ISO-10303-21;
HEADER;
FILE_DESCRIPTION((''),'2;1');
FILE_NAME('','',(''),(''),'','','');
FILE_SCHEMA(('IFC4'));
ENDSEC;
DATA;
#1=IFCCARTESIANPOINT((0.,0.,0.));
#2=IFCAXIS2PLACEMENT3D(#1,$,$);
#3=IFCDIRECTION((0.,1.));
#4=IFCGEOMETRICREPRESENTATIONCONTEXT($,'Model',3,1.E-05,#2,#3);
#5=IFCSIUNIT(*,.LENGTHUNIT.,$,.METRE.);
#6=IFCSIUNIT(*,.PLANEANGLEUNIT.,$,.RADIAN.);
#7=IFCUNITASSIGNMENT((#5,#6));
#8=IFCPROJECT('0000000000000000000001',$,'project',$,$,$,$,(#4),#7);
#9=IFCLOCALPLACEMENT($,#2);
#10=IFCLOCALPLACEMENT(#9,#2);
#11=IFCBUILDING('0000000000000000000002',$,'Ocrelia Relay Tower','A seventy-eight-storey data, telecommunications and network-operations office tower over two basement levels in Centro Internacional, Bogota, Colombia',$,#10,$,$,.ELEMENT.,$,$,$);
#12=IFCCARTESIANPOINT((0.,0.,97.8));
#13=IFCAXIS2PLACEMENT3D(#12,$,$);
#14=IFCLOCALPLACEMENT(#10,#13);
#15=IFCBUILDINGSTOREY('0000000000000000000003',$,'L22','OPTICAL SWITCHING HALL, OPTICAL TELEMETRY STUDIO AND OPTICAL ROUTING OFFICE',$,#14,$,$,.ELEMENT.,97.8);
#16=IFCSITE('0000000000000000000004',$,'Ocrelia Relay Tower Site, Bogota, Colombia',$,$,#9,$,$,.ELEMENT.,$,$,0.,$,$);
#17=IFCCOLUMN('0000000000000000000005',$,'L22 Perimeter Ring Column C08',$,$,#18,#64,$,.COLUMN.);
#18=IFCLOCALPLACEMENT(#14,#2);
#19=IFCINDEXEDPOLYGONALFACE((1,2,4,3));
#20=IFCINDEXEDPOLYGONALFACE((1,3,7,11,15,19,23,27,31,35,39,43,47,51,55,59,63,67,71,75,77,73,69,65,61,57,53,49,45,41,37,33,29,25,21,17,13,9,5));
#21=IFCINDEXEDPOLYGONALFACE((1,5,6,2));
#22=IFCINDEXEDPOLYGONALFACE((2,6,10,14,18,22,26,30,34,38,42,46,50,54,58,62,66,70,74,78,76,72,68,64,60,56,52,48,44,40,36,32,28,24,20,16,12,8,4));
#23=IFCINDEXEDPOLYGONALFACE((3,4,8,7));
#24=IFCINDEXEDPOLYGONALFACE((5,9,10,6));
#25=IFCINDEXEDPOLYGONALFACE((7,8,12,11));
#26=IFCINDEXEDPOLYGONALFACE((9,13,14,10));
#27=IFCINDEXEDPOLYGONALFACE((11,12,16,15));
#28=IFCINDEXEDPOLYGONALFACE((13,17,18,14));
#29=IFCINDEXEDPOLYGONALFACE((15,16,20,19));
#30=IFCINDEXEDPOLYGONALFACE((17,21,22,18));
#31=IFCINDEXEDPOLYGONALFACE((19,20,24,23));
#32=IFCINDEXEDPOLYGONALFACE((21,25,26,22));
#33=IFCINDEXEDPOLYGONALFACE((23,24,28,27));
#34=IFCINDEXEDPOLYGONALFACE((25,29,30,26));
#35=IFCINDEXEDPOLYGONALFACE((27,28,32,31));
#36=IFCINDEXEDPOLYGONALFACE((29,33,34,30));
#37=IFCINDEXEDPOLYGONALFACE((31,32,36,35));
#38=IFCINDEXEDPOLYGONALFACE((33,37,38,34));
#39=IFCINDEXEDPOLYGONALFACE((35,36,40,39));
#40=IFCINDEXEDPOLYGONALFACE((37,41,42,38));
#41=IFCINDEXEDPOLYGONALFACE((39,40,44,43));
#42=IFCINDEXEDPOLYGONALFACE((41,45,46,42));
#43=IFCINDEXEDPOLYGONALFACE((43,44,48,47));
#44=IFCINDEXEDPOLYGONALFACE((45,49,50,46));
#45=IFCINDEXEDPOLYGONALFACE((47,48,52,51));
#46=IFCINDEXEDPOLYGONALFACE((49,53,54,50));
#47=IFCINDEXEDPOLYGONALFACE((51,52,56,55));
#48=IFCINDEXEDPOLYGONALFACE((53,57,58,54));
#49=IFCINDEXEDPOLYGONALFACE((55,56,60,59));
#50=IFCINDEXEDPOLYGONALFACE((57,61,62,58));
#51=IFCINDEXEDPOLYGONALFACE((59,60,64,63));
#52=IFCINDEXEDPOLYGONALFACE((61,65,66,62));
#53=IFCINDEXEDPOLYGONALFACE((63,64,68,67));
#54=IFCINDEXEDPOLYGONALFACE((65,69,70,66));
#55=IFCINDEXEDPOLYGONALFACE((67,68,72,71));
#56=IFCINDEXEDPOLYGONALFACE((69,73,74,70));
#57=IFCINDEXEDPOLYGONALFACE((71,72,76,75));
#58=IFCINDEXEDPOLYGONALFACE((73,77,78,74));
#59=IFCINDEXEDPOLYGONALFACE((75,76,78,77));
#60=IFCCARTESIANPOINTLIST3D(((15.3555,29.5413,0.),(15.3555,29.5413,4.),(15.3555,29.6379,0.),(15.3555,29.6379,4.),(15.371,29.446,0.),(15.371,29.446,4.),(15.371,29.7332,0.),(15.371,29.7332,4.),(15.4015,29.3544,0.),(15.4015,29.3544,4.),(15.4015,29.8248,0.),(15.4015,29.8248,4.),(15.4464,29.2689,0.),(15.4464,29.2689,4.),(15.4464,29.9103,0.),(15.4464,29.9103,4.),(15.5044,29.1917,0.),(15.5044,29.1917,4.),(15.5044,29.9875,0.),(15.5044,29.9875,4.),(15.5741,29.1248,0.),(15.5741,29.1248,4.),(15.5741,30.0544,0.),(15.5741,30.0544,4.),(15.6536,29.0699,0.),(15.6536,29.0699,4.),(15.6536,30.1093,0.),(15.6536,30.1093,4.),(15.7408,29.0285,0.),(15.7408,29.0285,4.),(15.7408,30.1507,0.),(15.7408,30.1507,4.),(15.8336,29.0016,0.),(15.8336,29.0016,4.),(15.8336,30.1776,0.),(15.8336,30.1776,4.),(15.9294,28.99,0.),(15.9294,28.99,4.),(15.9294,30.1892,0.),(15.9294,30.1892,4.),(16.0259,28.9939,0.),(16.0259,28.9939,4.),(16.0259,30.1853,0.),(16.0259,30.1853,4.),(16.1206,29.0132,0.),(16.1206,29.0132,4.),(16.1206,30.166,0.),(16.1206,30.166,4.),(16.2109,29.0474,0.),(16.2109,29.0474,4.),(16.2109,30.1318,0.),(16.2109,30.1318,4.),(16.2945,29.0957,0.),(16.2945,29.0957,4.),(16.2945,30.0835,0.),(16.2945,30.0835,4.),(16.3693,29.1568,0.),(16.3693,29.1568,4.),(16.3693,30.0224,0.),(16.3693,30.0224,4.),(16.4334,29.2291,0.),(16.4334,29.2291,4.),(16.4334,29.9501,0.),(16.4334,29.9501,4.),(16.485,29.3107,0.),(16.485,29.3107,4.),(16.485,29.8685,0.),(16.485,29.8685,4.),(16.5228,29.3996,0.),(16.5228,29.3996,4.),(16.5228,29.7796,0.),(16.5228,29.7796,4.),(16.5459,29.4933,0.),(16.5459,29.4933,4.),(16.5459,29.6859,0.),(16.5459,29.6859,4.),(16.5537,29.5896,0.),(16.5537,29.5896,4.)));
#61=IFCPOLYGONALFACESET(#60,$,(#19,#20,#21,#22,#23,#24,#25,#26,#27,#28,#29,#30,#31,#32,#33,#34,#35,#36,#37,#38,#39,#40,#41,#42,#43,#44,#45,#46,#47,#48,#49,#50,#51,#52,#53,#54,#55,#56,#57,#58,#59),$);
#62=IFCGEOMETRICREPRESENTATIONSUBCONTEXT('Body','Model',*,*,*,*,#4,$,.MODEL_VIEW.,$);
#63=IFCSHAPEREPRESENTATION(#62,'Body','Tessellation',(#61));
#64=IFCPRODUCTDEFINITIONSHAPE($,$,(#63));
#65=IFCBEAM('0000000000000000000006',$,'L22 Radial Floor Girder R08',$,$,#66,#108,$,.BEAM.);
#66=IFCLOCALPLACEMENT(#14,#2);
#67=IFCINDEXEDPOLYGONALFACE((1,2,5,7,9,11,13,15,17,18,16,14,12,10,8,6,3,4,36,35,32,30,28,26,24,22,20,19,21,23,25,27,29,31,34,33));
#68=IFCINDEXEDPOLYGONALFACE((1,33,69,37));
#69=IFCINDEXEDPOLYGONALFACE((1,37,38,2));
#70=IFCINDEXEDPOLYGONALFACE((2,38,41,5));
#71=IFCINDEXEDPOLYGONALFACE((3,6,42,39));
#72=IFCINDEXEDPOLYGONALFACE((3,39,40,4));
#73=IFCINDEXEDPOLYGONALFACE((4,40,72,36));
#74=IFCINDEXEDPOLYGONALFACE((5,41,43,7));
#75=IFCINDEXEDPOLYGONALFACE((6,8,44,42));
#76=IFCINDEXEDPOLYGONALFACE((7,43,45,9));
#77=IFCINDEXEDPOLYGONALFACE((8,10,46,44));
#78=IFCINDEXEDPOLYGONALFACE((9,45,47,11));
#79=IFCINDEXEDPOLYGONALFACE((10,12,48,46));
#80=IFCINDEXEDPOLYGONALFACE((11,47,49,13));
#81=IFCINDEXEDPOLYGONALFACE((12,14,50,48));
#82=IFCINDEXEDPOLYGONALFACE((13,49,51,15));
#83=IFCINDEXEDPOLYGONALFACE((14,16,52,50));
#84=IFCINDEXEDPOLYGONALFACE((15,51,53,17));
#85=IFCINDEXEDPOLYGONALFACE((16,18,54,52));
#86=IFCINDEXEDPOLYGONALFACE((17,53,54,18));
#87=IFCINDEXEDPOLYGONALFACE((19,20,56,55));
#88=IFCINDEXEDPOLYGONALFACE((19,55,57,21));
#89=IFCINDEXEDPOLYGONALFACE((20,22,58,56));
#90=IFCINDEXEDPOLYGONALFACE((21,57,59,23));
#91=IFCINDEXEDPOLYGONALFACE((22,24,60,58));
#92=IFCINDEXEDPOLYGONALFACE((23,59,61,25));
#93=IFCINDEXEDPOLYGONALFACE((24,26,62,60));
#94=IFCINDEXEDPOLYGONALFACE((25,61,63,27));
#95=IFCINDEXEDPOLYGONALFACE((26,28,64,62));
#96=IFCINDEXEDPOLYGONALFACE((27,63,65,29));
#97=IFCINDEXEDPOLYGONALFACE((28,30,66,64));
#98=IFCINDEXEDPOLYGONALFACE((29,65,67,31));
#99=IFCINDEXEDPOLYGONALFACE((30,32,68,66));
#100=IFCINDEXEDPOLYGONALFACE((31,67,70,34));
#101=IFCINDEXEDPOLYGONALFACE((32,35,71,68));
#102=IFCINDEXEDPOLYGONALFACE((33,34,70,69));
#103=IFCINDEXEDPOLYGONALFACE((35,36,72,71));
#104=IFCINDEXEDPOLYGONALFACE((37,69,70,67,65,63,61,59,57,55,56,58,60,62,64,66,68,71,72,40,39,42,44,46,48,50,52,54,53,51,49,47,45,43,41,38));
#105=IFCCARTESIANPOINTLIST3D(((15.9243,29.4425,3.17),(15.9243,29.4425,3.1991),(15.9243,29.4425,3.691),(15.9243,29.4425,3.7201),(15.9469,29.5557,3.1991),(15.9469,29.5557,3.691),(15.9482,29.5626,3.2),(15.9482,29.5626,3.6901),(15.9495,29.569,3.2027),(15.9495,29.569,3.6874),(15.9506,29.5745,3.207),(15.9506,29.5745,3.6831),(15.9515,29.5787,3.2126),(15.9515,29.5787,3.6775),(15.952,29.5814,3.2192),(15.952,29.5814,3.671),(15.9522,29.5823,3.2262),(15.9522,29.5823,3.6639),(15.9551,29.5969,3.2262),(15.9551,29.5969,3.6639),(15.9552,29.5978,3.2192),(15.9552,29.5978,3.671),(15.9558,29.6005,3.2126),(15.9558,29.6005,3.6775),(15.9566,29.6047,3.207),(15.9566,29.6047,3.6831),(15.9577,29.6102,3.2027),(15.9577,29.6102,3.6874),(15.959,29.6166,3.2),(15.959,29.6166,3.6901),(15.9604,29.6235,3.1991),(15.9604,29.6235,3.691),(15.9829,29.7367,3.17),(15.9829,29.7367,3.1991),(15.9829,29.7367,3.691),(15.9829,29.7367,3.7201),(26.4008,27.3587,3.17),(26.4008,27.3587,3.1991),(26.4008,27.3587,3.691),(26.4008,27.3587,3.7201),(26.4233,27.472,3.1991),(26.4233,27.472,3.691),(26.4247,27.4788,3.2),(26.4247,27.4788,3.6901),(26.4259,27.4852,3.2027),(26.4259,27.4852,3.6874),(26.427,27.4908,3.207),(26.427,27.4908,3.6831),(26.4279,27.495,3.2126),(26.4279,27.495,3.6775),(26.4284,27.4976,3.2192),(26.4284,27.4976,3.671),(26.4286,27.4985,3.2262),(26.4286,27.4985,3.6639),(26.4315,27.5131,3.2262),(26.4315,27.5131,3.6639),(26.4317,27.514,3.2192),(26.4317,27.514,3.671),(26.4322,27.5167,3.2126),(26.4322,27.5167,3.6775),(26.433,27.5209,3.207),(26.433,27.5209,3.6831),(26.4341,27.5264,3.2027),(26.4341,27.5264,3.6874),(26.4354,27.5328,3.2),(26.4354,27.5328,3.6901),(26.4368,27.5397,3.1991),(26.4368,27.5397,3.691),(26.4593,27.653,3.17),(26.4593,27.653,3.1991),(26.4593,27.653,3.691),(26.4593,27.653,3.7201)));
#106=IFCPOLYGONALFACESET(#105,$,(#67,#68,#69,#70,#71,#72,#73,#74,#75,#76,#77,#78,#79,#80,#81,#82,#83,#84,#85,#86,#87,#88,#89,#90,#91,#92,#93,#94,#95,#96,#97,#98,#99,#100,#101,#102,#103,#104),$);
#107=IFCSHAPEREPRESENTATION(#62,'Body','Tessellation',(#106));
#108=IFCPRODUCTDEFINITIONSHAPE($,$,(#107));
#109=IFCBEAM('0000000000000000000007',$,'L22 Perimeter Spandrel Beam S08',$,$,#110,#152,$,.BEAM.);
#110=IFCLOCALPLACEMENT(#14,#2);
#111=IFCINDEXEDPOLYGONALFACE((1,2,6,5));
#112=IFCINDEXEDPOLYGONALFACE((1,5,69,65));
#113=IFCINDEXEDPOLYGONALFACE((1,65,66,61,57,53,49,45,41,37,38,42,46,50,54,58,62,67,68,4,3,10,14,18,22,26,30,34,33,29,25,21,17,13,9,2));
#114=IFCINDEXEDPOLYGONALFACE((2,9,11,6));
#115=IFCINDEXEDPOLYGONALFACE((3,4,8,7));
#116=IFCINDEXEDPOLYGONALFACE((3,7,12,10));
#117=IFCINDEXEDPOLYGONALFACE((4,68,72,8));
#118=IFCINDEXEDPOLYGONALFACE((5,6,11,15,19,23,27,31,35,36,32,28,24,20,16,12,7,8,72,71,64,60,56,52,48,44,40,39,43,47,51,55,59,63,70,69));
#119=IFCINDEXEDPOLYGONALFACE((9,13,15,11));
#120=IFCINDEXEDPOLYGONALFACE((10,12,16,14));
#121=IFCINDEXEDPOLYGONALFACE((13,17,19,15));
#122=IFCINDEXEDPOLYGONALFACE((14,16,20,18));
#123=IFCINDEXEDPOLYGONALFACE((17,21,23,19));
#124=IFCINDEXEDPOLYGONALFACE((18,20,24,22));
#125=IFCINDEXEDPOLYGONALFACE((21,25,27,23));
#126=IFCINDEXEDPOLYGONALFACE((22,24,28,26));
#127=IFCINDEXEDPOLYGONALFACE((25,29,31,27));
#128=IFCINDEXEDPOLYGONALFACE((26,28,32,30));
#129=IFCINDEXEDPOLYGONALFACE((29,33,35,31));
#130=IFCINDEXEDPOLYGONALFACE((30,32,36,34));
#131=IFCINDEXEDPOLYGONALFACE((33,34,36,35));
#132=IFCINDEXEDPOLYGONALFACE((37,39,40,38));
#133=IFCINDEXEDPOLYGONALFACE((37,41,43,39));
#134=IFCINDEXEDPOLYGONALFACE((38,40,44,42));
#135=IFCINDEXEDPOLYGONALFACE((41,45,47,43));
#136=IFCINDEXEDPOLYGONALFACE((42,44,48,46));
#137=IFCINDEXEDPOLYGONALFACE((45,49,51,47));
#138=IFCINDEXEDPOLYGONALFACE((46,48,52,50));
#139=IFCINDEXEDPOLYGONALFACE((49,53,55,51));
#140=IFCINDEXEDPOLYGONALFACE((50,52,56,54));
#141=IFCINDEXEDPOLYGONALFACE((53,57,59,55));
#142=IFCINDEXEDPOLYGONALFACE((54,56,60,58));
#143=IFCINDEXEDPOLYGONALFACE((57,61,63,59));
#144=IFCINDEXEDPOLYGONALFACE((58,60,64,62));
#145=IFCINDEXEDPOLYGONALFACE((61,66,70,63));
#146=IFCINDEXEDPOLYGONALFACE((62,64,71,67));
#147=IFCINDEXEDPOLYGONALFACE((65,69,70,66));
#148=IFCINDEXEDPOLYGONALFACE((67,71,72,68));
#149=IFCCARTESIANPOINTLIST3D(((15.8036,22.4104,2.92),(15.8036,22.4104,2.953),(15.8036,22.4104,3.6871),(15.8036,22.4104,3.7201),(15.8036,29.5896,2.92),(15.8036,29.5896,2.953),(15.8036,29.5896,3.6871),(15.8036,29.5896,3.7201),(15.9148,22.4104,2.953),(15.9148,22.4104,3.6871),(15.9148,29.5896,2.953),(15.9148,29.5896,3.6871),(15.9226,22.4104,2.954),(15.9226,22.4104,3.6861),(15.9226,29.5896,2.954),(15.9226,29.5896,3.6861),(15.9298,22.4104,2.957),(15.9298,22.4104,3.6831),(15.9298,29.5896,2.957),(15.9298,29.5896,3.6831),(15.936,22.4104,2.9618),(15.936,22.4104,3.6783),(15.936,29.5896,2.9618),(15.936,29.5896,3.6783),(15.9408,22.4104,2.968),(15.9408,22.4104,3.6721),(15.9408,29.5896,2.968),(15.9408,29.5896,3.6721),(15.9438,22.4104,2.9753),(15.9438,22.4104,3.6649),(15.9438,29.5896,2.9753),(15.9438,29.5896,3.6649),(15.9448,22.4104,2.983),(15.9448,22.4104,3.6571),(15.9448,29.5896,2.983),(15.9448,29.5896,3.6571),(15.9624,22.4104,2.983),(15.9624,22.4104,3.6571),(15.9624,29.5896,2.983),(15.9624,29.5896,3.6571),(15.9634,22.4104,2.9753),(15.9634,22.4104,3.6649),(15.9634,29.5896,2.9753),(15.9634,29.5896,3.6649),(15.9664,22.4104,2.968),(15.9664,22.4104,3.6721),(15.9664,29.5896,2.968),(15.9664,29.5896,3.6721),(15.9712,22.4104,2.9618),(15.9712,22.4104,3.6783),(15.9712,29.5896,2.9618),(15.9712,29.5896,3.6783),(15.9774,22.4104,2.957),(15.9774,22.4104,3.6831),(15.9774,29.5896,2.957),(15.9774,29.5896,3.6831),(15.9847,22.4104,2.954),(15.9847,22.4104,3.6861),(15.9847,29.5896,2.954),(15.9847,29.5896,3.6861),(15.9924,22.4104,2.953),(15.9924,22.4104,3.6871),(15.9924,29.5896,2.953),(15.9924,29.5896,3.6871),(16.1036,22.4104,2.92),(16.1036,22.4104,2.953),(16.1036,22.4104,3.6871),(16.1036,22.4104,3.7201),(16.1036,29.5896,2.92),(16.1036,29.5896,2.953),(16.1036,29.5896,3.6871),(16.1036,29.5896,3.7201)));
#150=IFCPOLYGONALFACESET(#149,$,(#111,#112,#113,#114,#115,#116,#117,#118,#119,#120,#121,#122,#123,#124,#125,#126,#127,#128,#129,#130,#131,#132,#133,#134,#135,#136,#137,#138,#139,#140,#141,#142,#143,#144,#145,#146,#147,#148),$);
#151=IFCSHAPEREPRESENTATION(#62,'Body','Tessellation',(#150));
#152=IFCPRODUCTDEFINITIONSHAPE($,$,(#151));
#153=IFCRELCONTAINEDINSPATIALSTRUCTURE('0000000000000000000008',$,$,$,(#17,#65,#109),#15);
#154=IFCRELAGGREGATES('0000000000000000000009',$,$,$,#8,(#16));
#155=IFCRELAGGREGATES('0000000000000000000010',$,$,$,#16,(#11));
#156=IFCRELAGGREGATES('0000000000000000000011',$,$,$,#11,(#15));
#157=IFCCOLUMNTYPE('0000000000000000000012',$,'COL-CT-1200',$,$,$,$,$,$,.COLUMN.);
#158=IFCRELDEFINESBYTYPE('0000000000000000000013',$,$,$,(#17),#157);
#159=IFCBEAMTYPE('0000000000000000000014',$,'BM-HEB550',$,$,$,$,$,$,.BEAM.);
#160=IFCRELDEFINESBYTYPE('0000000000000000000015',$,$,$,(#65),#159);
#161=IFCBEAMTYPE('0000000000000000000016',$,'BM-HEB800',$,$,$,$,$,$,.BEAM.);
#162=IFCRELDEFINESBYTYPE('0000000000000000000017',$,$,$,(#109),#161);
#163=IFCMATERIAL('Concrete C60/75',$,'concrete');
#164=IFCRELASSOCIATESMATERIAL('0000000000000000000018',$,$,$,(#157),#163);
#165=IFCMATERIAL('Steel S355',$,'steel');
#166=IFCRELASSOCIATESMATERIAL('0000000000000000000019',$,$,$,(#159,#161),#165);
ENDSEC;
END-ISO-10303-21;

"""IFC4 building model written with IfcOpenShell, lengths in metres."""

from ifc_helpers import new_model, si_unit, direction, frame, origin, origin_2d, place, context, subcontext, project, spatial, circle, i_section, extrude, material, material_profile, profile_set, type_object, element, save


model = new_model("IFC4")

# Units and contexts
model_context = context("Model", 3, precision=1e-05, world=origin(), true_north=direction((0.0, 1.0)))
body_context = subcontext(model_context, "Body", "Model", "MODEL_VIEW")
ifc_project = project(units=[si_unit("LENGTHUNIT", "METRE"), si_unit("PLANEANGLEUNIT", "RADIAN")], contexts=[model_context])

# Site, building, storey
site_placement = place(None, origin())
site = spatial("IfcSite", under=ifc_project, at=site_placement, Name="Ocrelia Relay Tower Site, Bogota, Colombia", CompositionType="ELEMENT", RefElevation=0.0)
building_placement = place(site_placement, origin())
building = spatial("IfcBuilding", under=site, at=building_placement, Name="Ocrelia Relay Tower", Description="A seventy-eight-storey data, telecommunications and network-operations office tower over two basement levels in Centro Internacional, Bogota, Colombia", CompositionType="ELEMENT")
storey_placement = place(building_placement, frame((0.0, 0.0, 97.8)))
storey = spatial("IfcBuildingStorey", under=building, at=storey_placement, Name="L22", Description="OPTICAL SWITCHING HALL, OPTICAL TELEMETRY STUDIO AND OPTICAL ROUTING OFFICE", CompositionType="ELEMENT", Elevation=97.8)

# Column
ifc_material_1 = material(Name="Concrete C60/75", Category="concrete")
ifc_material_profile_1 = material_profile(ifc_material_1, circle(Radius=0.6001, at=origin_2d()), Name="RC-CIR-1200")
ifc_profile_set_1 = profile_set([ifc_material_profile_1], Name="Concrete C60/75")
column_type = type_object("IfcColumnType", Name="COL-CT-1200", PredefinedType="COLUMN", material=ifc_profile_set_1)
column_placement = place(storey_placement, frame((15.9536, 29.5896, 0.0), z_axis=(0.0, 0.0, 1.0), x_axis=(1.0, 0.0, 0.0)))
element("IfcColumn", 1, at=column_placement, inside=storey, type_object=column_type, Name="L22 Perimeter Ring Column C08", PredefinedType="COLUMN", context=body_context, shape_type="SweptSolid", body=[
    extrude(circle(Radius=0.6001, at=origin_2d()), origin(), (0.0, 0.0, 1.0), 4.0),
])

# Beams
ifc_material_2 = material(Name="Steel S355", Category="steel")
ifc_material_profile_2 = material_profile(ifc_material_2, i_section(OverallWidth=0.3, OverallDepth=0.55, WebThickness=0.0149, FlangeThickness=0.0291, FilletRadius=0.0271, at=origin_2d()), Name="HEB 550")
ifc_profile_set_2 = profile_set([ifc_material_profile_2], Name="Steel S355")
beam_type_1 = type_object("IfcBeamType", Name="BM-HEB550", PredefinedType="BEAM", material=ifc_profile_set_2)
beam_1_placement = place(storey_placement, frame((15.9536, 29.5896, 3.4451), z_axis=(0.980788, -0.195079, 0.0), x_axis=(0.195079, 0.980788, 0.0)))
element("IfcBeam", 2, at=beam_1_placement, inside=storey, type_object=beam_type_1, Name="L22 Radial Floor Girder R08", PredefinedType="BEAM", context=body_context, shape_type="SweptSolid", body=[
    extrude(i_section(OverallWidth=0.3, OverallDepth=0.55, WebThickness=0.0149, FlangeThickness=0.0291, FilletRadius=0.0271, at=origin_2d()), origin(), (0.0, 0.0, 1.0), 10.6816),
])
ifc_material_profile_3 = material_profile(ifc_material_2, i_section(OverallWidth=0.3, OverallDepth=0.8, WebThickness=0.0176, FlangeThickness=0.033, FilletRadius=0.03, at=origin_2d()), Name="HEB 800")
ifc_profile_set_3 = profile_set([ifc_material_profile_3], Name="Steel S355")
beam_type_2 = type_object("IfcBeamType", Name="BM-HEB800", PredefinedType="BEAM", material=ifc_profile_set_3)
beam_2_placement = place(storey_placement, frame((15.9536, 29.5896, 3.3201), z_axis=(0.0, -1.0, 0.0), x_axis=(1.0, 0.0, 0.0)))
element("IfcBeam", 3, at=beam_2_placement, inside=storey, type_object=beam_type_2, Name="L22 Perimeter Spandrel Beam S08", PredefinedType="BEAM", context=body_context, shape_type="SweptSolid", body=[
    extrude(i_section(OverallWidth=0.3, OverallDepth=0.8, WebThickness=0.0176, FlangeThickness=0.033, FilletRadius=0.03, at=origin_2d()), origin(), (0.0, 0.0, 1.0), 7.1792),
])

save(model, "model.ifc")
